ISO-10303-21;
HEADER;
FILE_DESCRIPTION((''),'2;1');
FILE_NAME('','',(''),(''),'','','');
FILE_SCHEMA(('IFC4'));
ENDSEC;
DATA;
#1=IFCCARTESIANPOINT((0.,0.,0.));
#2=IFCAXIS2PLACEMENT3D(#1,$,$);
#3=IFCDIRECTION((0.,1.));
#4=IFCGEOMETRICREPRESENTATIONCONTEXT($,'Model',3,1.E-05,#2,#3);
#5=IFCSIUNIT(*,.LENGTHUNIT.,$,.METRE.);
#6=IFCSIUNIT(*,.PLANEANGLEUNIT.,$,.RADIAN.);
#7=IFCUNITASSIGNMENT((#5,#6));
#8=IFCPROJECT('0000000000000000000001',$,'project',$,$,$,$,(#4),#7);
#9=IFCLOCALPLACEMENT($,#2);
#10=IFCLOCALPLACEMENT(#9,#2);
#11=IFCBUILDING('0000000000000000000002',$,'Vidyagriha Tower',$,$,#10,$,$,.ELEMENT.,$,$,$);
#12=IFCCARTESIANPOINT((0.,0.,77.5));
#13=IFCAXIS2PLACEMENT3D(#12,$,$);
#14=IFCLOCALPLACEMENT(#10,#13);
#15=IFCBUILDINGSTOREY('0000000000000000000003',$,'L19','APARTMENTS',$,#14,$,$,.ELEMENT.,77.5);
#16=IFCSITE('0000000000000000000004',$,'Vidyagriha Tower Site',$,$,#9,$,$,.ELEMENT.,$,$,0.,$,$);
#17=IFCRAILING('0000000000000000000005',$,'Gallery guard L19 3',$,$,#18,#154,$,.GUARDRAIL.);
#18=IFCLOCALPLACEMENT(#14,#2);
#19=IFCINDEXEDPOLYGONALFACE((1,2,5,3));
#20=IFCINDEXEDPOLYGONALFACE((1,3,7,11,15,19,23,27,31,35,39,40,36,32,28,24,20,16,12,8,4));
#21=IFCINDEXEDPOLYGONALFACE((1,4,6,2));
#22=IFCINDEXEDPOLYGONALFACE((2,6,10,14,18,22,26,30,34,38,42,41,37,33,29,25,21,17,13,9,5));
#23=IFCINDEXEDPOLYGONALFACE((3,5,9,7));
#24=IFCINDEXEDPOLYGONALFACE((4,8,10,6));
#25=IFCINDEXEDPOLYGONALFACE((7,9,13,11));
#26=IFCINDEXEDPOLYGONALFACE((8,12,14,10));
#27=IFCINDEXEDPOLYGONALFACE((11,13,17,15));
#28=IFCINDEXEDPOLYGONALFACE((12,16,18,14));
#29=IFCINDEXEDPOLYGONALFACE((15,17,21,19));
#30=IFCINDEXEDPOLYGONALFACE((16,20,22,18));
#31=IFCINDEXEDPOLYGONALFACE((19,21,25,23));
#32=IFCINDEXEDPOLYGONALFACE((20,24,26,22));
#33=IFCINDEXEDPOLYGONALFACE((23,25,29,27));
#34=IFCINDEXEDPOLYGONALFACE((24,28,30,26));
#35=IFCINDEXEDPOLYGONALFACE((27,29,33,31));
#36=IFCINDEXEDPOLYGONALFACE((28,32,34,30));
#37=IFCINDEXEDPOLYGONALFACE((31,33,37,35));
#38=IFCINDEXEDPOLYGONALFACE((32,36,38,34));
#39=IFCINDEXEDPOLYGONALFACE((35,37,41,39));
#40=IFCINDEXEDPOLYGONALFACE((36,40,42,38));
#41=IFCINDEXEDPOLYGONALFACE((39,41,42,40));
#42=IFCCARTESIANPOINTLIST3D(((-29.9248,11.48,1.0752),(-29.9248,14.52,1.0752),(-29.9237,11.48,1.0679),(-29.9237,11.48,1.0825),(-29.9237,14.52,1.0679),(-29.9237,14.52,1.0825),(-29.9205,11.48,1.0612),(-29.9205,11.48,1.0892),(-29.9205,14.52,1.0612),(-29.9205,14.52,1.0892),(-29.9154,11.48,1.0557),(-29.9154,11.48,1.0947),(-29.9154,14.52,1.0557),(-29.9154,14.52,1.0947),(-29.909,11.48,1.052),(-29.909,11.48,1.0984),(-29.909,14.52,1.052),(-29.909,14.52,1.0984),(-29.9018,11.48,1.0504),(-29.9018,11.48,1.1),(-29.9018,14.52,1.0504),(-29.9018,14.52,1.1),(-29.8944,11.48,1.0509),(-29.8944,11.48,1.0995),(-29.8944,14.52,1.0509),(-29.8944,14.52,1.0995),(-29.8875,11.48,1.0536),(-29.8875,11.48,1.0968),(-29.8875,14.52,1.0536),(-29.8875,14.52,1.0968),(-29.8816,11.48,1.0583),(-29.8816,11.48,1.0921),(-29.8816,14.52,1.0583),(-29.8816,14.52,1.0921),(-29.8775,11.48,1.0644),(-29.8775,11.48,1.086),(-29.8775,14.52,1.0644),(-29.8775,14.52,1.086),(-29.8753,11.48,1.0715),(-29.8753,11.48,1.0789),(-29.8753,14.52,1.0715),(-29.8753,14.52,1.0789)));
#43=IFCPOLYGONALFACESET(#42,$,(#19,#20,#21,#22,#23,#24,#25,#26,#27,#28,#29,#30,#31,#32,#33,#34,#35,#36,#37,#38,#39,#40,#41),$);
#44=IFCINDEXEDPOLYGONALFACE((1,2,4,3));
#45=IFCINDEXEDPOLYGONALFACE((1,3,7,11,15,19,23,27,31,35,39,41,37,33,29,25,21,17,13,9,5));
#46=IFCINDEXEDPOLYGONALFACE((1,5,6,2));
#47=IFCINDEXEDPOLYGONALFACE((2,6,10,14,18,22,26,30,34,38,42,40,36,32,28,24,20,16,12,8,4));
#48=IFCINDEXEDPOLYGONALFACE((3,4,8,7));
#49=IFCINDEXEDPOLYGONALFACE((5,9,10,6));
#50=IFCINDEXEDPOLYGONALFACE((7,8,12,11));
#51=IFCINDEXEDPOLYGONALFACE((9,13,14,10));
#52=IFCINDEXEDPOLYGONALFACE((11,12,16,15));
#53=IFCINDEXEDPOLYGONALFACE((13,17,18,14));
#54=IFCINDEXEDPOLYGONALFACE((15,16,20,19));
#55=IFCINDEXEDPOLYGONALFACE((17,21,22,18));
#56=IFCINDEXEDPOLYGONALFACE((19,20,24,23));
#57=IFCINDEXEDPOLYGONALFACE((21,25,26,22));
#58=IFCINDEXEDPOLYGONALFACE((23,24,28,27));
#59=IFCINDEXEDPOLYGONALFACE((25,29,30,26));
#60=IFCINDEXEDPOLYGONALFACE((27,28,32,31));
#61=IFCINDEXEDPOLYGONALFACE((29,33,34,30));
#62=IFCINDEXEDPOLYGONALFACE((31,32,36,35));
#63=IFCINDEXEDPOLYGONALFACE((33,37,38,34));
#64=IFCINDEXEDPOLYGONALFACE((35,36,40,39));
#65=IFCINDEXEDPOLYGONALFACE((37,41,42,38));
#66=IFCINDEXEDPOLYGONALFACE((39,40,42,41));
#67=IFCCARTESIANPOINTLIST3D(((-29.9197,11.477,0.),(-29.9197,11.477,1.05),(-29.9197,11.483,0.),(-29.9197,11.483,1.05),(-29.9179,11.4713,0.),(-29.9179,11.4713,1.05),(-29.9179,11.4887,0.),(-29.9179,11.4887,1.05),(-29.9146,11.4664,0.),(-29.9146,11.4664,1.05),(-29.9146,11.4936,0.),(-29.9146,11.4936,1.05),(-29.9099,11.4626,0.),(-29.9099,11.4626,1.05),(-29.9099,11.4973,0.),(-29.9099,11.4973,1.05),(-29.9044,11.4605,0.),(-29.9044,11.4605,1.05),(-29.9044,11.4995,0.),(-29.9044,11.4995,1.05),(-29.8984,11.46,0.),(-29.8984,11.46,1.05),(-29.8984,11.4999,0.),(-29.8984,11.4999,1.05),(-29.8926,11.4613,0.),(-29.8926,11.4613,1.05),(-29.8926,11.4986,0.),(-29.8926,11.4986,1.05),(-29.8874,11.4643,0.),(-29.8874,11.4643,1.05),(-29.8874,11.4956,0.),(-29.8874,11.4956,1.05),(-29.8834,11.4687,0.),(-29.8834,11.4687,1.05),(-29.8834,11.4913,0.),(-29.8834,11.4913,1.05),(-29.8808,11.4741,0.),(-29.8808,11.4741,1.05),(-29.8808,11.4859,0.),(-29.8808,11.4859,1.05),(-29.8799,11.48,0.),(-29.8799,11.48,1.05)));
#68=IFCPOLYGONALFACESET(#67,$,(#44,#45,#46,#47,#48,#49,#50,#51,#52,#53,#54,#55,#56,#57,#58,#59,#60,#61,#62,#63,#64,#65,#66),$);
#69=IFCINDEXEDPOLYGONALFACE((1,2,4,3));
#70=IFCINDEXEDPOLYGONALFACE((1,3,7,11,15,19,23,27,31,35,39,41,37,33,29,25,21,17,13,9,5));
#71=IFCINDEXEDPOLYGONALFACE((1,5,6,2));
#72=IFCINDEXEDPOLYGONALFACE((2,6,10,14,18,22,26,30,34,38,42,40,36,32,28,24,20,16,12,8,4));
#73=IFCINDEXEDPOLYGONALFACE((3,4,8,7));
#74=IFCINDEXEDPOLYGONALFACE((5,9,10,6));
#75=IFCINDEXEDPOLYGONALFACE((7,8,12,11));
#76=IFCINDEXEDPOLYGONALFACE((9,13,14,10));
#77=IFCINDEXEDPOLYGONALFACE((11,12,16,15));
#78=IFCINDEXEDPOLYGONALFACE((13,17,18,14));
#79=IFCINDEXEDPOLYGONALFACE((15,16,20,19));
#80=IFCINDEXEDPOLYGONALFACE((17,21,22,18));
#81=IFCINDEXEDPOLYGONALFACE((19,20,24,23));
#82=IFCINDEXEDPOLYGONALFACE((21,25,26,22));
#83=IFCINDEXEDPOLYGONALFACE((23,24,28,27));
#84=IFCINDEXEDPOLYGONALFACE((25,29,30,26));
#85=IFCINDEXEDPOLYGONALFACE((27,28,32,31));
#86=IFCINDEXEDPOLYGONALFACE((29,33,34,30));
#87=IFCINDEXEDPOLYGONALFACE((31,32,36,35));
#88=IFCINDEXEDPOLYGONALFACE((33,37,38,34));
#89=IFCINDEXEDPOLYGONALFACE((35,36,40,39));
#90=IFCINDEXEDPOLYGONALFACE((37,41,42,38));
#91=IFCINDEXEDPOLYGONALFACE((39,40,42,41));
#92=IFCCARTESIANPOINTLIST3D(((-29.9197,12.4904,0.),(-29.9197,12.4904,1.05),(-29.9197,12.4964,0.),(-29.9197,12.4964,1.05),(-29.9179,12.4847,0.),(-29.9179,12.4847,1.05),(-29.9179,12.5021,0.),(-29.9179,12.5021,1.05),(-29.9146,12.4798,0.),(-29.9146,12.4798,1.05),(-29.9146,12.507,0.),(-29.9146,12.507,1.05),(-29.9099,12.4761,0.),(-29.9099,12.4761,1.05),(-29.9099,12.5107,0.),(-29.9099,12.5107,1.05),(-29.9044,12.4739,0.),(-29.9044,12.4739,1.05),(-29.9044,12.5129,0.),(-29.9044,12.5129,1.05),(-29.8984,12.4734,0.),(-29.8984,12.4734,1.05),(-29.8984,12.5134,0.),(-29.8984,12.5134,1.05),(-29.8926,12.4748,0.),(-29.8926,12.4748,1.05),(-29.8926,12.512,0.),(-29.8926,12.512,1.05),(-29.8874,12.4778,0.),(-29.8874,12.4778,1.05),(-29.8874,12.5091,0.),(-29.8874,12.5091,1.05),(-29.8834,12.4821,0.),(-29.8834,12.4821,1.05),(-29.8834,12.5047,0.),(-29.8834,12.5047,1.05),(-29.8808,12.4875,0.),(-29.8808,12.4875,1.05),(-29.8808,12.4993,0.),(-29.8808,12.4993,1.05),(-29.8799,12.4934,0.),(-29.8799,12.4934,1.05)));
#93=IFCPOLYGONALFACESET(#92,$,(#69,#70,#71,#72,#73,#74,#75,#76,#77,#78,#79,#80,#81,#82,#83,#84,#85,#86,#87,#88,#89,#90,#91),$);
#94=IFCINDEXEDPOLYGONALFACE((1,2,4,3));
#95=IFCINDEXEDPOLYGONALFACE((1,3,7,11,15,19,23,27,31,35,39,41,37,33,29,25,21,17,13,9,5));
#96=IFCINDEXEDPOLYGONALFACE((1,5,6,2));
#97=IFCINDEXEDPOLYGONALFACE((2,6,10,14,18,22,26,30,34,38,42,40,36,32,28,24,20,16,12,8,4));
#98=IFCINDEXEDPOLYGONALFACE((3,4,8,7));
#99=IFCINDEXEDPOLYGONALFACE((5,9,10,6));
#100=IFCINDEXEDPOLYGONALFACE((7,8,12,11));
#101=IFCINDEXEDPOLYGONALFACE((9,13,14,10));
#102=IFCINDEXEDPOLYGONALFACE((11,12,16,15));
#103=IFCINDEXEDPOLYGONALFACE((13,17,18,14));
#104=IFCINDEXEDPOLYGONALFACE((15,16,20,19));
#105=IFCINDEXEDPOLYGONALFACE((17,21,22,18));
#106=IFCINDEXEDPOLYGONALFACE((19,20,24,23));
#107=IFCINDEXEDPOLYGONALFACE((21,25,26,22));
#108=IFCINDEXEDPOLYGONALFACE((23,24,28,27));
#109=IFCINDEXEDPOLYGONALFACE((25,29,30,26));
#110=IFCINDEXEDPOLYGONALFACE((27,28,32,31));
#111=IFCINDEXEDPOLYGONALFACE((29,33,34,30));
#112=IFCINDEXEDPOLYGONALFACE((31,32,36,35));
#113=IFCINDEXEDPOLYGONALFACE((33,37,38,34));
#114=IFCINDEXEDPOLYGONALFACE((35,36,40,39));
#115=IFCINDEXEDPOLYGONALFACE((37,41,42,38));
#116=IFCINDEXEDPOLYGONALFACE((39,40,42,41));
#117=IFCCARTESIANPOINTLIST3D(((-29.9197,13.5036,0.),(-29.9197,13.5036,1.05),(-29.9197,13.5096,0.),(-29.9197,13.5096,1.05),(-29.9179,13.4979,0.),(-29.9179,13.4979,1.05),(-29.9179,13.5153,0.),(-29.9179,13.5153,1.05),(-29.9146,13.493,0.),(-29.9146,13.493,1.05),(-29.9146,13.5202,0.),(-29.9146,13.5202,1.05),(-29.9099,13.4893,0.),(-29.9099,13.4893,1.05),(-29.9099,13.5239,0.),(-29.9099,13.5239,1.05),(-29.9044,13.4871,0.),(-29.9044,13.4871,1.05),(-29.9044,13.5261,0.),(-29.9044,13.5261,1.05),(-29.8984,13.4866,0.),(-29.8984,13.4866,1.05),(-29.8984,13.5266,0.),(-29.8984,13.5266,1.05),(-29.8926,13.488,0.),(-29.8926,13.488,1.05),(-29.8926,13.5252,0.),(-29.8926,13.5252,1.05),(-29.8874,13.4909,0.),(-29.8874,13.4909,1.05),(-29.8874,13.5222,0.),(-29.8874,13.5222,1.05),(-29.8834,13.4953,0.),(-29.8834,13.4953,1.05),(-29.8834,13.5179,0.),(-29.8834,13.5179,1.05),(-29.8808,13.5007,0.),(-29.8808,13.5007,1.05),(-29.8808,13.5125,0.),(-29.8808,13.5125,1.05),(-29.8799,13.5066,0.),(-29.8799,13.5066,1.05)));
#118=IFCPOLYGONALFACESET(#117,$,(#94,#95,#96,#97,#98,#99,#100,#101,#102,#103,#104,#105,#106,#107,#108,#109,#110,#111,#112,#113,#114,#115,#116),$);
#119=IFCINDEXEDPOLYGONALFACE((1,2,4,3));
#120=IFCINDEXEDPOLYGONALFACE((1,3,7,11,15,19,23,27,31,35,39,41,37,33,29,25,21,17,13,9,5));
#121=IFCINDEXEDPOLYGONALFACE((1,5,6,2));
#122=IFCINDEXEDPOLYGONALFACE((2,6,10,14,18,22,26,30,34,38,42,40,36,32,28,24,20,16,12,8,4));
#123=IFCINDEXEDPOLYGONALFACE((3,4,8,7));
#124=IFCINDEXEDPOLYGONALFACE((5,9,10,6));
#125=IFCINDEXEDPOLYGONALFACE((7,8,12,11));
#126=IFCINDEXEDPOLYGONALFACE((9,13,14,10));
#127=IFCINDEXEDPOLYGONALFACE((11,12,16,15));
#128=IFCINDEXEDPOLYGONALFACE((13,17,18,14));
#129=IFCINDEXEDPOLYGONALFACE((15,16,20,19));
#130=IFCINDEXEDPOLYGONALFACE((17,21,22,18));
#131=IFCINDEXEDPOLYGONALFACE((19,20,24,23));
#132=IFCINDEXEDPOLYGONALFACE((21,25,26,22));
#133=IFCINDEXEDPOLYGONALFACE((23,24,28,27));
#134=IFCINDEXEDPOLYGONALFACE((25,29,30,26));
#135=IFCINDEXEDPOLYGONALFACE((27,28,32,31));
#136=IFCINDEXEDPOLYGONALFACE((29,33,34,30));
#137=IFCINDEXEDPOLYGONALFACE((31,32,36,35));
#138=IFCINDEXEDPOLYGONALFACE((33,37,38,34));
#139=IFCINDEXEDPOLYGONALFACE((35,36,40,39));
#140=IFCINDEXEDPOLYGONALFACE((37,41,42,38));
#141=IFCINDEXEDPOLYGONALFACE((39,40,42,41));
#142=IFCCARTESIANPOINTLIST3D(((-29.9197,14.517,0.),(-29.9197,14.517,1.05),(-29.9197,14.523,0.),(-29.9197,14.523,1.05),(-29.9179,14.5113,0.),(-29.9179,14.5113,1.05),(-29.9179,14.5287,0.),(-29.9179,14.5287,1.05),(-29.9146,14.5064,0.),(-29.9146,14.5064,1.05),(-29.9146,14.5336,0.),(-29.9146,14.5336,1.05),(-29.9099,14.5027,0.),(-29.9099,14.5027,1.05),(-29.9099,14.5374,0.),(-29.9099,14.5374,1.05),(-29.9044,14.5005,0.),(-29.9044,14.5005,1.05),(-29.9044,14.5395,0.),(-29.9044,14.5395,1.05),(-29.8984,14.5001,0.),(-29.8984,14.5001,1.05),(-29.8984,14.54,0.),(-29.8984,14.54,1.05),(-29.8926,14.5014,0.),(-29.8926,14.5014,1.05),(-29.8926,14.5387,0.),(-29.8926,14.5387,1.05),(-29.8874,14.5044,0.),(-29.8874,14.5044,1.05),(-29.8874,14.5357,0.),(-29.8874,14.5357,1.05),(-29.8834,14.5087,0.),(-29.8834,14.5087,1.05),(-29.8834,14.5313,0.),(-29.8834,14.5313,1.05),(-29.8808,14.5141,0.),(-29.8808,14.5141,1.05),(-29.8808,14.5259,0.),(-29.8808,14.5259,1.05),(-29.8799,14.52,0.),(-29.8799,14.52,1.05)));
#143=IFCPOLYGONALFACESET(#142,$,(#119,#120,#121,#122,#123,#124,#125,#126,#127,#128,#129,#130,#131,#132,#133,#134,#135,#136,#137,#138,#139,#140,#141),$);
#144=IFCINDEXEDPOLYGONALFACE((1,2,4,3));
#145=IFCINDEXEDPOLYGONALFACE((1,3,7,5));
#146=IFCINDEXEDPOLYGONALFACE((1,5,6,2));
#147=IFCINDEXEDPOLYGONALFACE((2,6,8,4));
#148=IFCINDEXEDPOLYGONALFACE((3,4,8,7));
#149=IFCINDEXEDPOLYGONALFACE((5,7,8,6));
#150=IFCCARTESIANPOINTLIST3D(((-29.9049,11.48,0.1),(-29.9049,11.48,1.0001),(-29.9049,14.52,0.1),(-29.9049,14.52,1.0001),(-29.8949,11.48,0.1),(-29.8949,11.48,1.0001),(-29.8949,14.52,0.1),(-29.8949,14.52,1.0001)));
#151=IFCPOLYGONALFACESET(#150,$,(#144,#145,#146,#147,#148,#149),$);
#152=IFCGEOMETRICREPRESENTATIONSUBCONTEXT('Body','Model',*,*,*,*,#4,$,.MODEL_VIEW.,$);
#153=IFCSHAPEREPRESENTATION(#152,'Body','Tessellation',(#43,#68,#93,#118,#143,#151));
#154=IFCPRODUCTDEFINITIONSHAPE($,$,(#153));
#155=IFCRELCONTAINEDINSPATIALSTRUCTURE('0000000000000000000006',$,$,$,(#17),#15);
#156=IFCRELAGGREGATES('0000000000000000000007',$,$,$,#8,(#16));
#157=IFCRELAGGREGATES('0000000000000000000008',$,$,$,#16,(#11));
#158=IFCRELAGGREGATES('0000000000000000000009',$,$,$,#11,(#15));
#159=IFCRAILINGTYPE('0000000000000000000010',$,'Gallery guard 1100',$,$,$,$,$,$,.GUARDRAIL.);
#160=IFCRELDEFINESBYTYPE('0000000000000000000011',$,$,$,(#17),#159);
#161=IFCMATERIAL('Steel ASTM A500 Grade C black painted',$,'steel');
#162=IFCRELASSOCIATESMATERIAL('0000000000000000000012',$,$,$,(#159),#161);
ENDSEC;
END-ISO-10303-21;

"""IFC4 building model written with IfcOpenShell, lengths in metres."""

from ifc_helpers import new_model, si_unit, direction, frame, origin, origin_2d, place, context, subcontext, project, spatial, rectangle, circle, extrude, material, type_object, element, save


model = new_model("IFC4")

# Units and contexts
model_context = context("Model", 3, precision=1e-05, world=origin(), true_north=direction((0.0, 1.0)))
body_context = subcontext(model_context, "Body", "Model", "MODEL_VIEW")
ifc_project = project(units=[si_unit("LENGTHUNIT", "METRE"), si_unit("PLANEANGLEUNIT", "RADIAN")], contexts=[model_context])

# Site, building, storey
site_placement = place(None, origin())
site = spatial("IfcSite", under=ifc_project, at=site_placement, Name="Vidyagriha Tower Site", CompositionType="ELEMENT", RefElevation=0.0)
building_placement = place(site_placement, origin())
building = spatial("IfcBuilding", under=site, at=building_placement, Name="Vidyagriha Tower", CompositionType="ELEMENT")
storey_placement = place(building_placement, frame((0.0, 0.0, 77.5)))
storey = spatial("IfcBuildingStorey", under=building, at=storey_placement, Name="L19", Description="APARTMENTS", CompositionType="ELEMENT", Elevation=77.5)

# Railing
ifc_material_1 = material(Name="Steel ASTM A500 Grade C black painted", Category="steel")
railing_type_1 = type_object("IfcRailingType", Name="Gallery guard 1100", PredefinedType="GUARDRAIL", material=ifc_material_1)
railing_1_placement = place(storey_placement, frame((-29.8999, 11.48, 0.0)))
element("IfcRailing", 1, at=railing_1_placement, inside=storey, type_object=railing_type_1, Name="Gallery guard L19 3", PredefinedType="GUARDRAIL", context=body_context, shape_type="SweptSolid", body=[
    extrude(circle(Radius=0.0249, at=origin_2d()), frame((0.0, 0.0, 1.0752), z_axis=(0.0, 1.0, 0.0), x_axis=(-1.0, 0.0, 0.0)), (0.0, 0.0, 1.0), 3.04),
    extrude(circle(Radius=0.02, at=origin_2d()), origin(), (0.0, 0.0, 1.0), 1.05),
    extrude(circle(Radius=0.02, at=origin_2d()), frame((0.0, 1.0134, 0.0)), (0.0, 0.0, 1.0), 1.05),
    extrude(circle(Radius=0.02, at=origin_2d()), frame((0.0, 2.0266, 0.0)), (0.0, 0.0, 1.0), 1.05),
    extrude(circle(Radius=0.02, at=origin_2d()), frame((0.0, 3.04, 0.0)), (0.0, 0.0, 1.0), 1.05),
    extrude(rectangle(XDim=0.01, YDim=0.9001, at=origin_2d()), frame((0.0, 0.0, 0.55), z_axis=(0.0, 1.0, 0.0), x_axis=(-1.0, 0.0, 0.0)), (0.0, 0.0, 1.0), 3.04),
])

save(model, "model.ifc")
